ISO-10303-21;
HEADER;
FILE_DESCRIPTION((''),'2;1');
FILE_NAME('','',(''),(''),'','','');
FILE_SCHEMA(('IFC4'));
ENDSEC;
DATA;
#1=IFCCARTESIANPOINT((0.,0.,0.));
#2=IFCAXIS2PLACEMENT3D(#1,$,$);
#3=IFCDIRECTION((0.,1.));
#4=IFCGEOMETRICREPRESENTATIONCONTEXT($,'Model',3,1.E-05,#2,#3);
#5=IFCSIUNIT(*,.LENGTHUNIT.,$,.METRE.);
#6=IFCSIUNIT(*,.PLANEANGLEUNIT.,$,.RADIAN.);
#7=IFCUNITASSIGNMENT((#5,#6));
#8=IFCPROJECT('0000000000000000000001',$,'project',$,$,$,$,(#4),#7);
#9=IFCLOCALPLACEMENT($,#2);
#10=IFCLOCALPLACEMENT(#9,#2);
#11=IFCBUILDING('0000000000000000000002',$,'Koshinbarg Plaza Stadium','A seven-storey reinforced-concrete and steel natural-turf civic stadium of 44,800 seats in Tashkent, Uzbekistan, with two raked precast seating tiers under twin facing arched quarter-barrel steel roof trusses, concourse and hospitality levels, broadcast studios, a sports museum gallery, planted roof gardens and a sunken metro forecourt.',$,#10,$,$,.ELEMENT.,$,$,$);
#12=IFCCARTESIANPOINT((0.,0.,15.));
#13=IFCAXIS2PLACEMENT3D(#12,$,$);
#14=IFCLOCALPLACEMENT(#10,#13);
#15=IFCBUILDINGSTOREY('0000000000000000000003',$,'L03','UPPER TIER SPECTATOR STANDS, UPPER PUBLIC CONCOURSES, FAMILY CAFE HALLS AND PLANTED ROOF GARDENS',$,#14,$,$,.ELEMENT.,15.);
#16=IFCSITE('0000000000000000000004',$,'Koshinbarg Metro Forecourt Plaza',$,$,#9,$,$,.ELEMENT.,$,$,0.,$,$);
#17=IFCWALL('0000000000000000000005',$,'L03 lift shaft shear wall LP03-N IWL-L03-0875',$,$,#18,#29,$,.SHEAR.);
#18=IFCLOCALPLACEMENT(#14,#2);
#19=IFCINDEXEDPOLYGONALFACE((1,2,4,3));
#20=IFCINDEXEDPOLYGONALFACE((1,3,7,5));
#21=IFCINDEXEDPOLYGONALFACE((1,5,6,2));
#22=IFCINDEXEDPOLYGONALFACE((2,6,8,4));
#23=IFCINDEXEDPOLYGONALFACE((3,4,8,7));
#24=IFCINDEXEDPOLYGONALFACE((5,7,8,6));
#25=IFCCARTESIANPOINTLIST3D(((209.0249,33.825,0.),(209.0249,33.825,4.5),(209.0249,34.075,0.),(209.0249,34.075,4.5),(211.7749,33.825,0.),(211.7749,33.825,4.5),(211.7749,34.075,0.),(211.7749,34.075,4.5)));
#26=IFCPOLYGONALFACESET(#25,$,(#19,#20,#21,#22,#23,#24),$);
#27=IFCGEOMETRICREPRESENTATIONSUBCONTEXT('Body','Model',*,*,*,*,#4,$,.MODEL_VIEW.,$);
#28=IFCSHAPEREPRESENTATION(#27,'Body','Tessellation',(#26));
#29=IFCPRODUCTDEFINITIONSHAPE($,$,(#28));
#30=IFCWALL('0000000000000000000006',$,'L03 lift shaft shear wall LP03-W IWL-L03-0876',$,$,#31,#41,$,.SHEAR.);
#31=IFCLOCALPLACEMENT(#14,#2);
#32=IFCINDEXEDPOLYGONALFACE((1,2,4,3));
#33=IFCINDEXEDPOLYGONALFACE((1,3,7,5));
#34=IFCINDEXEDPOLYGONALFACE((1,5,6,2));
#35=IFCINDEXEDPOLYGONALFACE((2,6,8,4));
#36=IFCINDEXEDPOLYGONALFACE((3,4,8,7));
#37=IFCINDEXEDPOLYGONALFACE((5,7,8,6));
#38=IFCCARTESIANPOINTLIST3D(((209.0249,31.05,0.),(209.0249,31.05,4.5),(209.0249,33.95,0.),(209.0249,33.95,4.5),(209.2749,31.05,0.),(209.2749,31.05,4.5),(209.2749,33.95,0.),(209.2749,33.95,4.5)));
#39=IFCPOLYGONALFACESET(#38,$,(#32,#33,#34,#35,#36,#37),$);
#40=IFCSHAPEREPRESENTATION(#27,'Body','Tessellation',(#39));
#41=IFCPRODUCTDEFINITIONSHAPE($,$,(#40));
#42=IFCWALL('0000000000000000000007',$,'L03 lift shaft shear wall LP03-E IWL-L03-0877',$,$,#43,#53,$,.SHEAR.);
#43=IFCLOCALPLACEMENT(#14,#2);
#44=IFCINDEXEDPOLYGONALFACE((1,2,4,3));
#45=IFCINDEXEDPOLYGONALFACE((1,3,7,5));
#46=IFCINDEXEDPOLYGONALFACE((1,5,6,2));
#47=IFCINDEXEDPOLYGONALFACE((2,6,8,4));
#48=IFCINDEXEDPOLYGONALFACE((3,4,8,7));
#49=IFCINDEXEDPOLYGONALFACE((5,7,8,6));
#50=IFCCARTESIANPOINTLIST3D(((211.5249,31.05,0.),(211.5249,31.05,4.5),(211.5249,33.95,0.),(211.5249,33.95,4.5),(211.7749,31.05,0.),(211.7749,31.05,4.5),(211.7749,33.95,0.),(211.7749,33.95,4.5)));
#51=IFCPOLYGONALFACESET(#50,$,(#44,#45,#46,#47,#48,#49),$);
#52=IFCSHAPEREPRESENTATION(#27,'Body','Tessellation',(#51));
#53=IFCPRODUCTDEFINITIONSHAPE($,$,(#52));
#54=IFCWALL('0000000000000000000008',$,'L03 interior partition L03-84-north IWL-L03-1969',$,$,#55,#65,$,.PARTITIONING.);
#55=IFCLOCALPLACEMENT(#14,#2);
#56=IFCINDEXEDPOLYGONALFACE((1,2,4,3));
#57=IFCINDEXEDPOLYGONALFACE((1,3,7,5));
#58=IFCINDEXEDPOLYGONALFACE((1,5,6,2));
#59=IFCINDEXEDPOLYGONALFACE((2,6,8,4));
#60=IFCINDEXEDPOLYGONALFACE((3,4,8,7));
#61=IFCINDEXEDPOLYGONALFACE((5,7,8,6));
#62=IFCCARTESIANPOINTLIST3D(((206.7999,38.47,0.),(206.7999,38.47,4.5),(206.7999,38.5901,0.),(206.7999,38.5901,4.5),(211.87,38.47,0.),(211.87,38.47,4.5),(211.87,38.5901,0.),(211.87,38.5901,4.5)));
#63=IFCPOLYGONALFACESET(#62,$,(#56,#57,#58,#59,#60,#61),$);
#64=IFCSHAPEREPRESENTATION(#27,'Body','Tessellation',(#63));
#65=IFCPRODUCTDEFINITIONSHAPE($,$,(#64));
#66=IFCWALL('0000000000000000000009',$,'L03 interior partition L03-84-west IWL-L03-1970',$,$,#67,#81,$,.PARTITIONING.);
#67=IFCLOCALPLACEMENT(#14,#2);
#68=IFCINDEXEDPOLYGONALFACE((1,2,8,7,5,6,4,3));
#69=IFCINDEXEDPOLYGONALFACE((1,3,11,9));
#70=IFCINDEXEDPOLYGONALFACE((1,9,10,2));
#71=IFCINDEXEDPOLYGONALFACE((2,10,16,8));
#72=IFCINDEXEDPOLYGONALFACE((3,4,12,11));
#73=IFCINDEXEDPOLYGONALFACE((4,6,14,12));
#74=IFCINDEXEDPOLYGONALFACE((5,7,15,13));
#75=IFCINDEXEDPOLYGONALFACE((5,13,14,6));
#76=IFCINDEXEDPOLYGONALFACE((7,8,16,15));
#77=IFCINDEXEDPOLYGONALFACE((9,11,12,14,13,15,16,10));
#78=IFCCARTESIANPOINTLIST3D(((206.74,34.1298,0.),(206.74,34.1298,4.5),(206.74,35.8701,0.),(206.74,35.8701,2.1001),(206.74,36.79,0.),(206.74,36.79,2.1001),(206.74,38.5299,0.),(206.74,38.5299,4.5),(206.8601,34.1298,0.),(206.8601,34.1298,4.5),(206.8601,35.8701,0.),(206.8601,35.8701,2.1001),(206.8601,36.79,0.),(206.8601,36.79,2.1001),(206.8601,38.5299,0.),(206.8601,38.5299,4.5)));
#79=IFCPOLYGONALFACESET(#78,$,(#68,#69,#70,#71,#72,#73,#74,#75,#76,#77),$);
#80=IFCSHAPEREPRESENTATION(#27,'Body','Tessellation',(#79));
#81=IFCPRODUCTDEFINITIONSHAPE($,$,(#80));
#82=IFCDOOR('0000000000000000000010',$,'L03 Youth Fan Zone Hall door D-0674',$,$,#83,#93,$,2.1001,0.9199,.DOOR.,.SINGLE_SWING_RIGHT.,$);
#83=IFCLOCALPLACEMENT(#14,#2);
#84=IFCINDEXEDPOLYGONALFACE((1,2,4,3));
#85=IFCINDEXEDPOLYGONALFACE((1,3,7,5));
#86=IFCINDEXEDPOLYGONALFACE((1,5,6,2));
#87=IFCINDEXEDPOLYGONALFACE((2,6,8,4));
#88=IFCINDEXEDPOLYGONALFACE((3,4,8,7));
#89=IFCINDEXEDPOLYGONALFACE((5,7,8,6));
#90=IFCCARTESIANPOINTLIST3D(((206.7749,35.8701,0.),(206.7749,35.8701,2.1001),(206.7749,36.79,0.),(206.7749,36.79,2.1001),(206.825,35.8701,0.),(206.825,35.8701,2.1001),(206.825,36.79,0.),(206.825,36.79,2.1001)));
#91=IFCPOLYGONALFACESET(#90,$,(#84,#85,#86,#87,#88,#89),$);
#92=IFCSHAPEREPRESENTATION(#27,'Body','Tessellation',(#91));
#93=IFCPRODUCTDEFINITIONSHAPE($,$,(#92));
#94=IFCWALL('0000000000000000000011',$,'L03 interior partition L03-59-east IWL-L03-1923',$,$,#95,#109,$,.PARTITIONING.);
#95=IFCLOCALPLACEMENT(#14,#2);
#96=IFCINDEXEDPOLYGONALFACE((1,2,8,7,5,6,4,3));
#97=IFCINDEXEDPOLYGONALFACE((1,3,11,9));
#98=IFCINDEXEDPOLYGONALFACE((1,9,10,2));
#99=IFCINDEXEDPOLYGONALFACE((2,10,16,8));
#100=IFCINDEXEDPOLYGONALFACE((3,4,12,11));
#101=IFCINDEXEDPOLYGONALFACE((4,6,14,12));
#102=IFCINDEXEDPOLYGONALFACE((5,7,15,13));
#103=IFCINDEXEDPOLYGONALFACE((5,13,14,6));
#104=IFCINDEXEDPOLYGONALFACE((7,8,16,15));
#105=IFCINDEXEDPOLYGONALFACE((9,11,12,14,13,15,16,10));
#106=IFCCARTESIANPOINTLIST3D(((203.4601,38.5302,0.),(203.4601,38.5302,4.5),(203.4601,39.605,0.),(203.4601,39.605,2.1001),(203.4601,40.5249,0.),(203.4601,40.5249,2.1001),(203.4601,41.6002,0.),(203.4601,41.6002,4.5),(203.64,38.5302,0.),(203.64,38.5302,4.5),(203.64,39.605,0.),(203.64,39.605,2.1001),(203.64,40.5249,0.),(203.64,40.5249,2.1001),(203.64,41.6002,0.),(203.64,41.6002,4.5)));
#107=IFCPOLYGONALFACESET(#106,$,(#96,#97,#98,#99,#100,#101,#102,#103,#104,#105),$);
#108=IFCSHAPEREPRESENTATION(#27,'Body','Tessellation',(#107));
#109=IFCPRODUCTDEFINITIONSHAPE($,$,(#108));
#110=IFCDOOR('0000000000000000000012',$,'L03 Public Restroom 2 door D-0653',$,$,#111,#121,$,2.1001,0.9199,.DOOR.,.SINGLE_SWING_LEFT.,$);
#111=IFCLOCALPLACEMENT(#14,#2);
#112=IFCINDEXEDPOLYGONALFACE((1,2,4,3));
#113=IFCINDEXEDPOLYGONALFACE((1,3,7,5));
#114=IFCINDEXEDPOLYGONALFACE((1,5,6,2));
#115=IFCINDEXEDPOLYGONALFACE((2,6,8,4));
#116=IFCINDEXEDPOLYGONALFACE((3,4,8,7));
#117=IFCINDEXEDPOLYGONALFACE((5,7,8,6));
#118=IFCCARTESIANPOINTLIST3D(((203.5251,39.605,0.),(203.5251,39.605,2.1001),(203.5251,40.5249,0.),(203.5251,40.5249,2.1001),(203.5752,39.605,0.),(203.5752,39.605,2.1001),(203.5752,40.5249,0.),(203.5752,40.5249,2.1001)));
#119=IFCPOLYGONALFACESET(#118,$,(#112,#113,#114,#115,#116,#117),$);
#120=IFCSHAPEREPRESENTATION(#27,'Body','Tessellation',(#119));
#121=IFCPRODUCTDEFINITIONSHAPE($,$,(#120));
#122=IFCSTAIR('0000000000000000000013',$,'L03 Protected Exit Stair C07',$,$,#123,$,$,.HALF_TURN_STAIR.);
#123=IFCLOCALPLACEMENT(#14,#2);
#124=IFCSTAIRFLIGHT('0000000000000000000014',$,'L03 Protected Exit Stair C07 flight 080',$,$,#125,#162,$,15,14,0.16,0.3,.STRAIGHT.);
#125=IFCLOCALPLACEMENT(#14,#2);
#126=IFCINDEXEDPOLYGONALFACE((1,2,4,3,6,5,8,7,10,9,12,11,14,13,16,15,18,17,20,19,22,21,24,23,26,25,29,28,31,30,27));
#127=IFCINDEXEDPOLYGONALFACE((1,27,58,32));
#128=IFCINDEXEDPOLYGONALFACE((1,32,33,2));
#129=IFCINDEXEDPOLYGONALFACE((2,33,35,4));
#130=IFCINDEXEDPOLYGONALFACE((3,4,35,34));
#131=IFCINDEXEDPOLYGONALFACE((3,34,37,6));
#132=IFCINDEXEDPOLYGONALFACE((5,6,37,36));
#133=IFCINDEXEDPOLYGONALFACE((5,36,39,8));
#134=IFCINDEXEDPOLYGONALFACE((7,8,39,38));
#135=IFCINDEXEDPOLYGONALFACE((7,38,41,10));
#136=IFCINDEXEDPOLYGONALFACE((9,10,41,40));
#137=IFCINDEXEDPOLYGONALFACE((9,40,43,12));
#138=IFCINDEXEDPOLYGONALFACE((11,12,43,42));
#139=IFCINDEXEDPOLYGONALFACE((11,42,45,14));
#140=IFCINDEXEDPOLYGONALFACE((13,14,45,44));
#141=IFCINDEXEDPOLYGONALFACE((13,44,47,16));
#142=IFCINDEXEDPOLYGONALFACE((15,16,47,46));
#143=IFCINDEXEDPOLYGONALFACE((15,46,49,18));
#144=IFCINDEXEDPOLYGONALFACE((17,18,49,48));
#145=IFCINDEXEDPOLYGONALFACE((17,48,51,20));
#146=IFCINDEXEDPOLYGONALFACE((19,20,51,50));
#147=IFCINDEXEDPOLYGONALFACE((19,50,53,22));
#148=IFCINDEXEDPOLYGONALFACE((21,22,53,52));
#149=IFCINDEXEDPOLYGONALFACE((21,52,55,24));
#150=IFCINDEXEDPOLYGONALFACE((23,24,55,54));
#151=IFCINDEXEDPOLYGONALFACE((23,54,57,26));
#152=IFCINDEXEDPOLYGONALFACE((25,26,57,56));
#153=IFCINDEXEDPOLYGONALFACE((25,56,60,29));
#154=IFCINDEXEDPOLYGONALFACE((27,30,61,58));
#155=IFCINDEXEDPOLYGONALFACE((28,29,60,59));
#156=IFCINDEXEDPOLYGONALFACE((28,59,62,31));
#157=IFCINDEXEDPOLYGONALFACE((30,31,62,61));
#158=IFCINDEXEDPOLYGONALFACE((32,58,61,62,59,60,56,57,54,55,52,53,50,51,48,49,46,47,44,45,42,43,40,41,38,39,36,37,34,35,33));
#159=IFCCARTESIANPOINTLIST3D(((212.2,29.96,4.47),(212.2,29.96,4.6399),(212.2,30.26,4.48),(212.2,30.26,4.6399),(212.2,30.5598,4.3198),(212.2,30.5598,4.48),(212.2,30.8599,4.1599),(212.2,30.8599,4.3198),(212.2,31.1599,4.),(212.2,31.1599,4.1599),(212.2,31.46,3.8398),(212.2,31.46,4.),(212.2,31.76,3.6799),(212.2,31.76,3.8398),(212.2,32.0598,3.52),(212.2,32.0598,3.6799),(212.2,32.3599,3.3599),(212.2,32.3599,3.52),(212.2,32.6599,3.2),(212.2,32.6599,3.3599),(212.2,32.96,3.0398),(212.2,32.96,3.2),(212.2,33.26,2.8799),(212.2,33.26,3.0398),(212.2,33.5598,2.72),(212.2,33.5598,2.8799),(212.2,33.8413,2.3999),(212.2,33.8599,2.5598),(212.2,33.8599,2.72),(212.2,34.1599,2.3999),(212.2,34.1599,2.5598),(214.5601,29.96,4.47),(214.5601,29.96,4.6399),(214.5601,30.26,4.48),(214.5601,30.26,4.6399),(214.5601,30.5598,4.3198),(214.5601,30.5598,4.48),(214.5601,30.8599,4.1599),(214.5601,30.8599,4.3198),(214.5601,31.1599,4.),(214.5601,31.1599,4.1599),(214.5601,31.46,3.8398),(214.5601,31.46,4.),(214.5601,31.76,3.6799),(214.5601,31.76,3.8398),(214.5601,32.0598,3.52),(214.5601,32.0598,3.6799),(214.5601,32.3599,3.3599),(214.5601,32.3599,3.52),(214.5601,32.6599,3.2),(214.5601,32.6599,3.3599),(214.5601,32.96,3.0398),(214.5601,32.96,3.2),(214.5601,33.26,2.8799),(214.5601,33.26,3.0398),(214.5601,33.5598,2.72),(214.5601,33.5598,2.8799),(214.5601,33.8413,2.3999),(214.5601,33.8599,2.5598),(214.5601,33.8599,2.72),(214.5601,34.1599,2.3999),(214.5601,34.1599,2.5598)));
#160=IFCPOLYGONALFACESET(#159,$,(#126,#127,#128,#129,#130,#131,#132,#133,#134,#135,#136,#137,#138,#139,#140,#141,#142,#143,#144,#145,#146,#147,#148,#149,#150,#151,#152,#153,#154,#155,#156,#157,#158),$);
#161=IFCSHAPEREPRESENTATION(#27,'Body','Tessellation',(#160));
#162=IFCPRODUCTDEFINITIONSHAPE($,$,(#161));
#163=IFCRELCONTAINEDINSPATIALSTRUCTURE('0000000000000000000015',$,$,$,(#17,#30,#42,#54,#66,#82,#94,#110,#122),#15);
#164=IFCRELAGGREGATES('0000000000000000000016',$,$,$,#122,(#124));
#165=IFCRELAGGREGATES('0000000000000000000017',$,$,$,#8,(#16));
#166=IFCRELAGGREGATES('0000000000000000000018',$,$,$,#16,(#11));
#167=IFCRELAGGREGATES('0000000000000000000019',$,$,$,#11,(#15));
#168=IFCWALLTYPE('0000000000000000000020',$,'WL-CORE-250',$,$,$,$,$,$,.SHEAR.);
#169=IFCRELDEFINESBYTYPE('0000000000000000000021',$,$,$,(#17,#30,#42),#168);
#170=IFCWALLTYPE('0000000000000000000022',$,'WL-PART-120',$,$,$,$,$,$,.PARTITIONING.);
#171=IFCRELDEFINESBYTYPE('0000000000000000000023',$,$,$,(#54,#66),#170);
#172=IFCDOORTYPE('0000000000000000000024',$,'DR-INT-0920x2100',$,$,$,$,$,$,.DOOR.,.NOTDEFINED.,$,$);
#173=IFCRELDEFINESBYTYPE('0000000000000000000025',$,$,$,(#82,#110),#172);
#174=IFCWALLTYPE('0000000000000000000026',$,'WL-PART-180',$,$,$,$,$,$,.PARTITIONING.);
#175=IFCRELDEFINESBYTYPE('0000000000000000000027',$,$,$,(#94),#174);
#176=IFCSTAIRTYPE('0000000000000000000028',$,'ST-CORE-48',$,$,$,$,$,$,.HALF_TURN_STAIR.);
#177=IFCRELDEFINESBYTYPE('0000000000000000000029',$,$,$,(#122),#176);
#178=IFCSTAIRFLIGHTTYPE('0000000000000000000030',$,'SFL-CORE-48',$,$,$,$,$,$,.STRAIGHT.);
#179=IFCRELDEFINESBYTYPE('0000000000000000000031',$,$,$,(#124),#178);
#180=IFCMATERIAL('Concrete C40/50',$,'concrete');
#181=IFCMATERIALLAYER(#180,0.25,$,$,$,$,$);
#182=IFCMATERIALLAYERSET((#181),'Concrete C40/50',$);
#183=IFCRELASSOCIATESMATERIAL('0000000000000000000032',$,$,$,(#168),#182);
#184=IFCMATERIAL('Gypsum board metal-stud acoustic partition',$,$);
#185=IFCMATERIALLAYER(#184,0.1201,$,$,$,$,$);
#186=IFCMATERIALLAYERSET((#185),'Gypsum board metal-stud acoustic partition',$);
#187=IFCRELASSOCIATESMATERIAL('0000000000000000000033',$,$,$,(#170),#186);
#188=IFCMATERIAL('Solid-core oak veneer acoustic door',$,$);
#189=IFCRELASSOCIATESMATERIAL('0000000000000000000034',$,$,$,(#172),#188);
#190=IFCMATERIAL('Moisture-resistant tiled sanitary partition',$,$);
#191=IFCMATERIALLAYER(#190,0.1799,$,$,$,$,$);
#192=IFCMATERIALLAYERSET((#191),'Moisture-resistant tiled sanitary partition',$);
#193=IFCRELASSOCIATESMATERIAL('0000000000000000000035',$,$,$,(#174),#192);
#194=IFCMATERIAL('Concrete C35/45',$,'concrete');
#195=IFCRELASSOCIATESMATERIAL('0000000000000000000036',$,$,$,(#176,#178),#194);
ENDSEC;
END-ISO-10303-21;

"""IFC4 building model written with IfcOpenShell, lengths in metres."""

from ifc_helpers import new_model, si_unit, direction, frame, frame_2d, origin, place, context, subcontext, project, spatial, polyline, rectangle, outline, extrude, material, layer, layer_set, type_object, element, fill, aggregate, save


model = new_model("IFC4")

# Units and contexts
model_context = context("Model", 3, precision=1e-05, world=origin(), true_north=direction((0.0, 1.0)))
body_context = subcontext(model_context, "Body", "Model", "MODEL_VIEW")
ifc_project = project(units=[si_unit("LENGTHUNIT", "METRE"), si_unit("PLANEANGLEUNIT", "RADIAN")], contexts=[model_context])

# Site, building, storey
site_placement = place(None, origin())
site = spatial("IfcSite", under=ifc_project, at=site_placement, Name="Koshinbarg Metro Forecourt Plaza", CompositionType="ELEMENT", RefElevation=0.0)
building_placement = place(site_placement, origin())
building = spatial("IfcBuilding", under=site, at=building_placement, Name="Koshinbarg Plaza Stadium", Description="A seven-storey reinforced-concrete and steel natural-turf civic stadium of 44,800 seats in Tashkent, Uzbekistan, with two raked precast seating tiers under twin facing arched quarter-barrel steel roof trusses, concourse and hospitality levels, broadcast studios, a sports museum gallery, planted roof gardens and a sunken metro forecourt.", CompositionType="ELEMENT")
storey_placement = place(building_placement, frame((0.0, 0.0, 15.0)))
storey = spatial("IfcBuildingStorey", under=building, at=storey_placement, Name="L03", Description="UPPER TIER SPECTATOR STANDS, UPPER PUBLIC CONCOURSES, FAMILY CAFE HALLS AND PLANTED ROOF GARDENS", CompositionType="ELEMENT", Elevation=15.0)

# Shared definitions
ifc_material_1 = material(Name="Concrete C40/50", Category="concrete")

# Shared definitions
ifc_layer_1 = layer(ifc_material_1, 0.25)
ifc_layer_set_1 = layer_set([ifc_layer_1], Name="Concrete C40/50")
wall_type_1 = type_object("IfcWallType", Name="WL-CORE-250", PredefinedType="SHEAR", material=ifc_layer_set_1)

# Walls
wall_1_placement = place(storey_placement, frame((211.7749, 33.95, 0.0), z_axis=(0.0, 0.0, 1.0), x_axis=(-1.0, 0.0, 0.0)))
element("IfcWall", 1, at=wall_1_placement, inside=storey, type_object=wall_type_1, Name="L03 lift shaft shear wall LP03-N IWL-L03-0875", PredefinedType="SHEAR", context=body_context, shape_type="SweptSolid", body=[
    extrude(rectangle(XDim=2.75, YDim=0.25, at=frame_2d((1.375, 0.0))), origin(), (0.0, 0.0, 1.0), 4.5),
])
for number, where, z_axis, x_axis, name in (
    (2, (209.1499, 33.95, 0.0), (0.0, 0.0, 1.0), (0.0, -1.0, 0.0), "L03 lift shaft shear wall LP03-W IWL-L03-0876"),
    (3, (211.6499, 31.05, 0.0), (0.0, 0.0, 1.0), (0.0, 1.0, 0.0), "L03 lift shaft shear wall LP03-E IWL-L03-0877"),
):
    element("IfcWall", number, at=place(storey_placement, frame(where, z_axis=z_axis, x_axis=x_axis)), inside=storey, type_object=wall_type_1, Name=name, PredefinedType="SHEAR", context=body_context, shape_type="SweptSolid", body=[
        extrude(rectangle(XDim=2.8999, YDim=0.25, at=frame_2d((1.45, 0.0))), origin(), (0.0, 0.0, 1.0), 4.5),
    ])
ifc_material_2 = material(Name="Gypsum board metal-stud acoustic partition")
ifc_layer_2 = layer(ifc_material_2, 0.1201)
ifc_layer_set_2 = layer_set([ifc_layer_2], Name="Gypsum board metal-stud acoustic partition")
wall_type_2 = type_object("IfcWallType", Name="WL-PART-120", PredefinedType="PARTITIONING", material=ifc_layer_set_2)
wall_2_placement = place(storey_placement, frame((211.8701, 38.53, 0.0), z_axis=(0.0, 0.0, 1.0), x_axis=(-1.0, 0.0, 0.0)))
element("IfcWall", 4, at=wall_2_placement, inside=storey, type_object=wall_type_2, Name="L03 interior partition L03-84-north IWL-L03-1969", PredefinedType="PARTITIONING", context=body_context, shape_type="SweptSolid", body=[
    extrude(rectangle(XDim=5.0701, YDim=0.1201, at=frame_2d((2.5352, 0.0))), origin(), (0.0, 0.0, 1.0), 4.5),
])

# Walls, openings, doors
wall_3_placement = place(storey_placement, frame((206.8, 38.53, 0.0), z_axis=(0.0, 0.0, 1.0), x_axis=(0.0, -1.0, 0.0)))
wall_3 = element("IfcWall", 5, at=wall_3_placement, inside=storey, type_object=wall_type_2, Name="L03 interior partition L03-84-west IWL-L03-1970", PredefinedType="PARTITIONING", context=body_context, shape_type="SweptSolid", body=[
    extrude(rectangle(XDim=4.4001, YDim=0.1201, at=frame_2d((2.2002, 0.0))), origin(), (0.0, 0.0, 1.0), 4.5),
])
opening_1_placement = place(wall_3_placement, frame((1.74, 0.0, 0.0)))
opening_1 = element("IfcOpeningElement", 6, at=opening_1_placement, cuts=wall_3, PredefinedType="OPENING", context=body_context, shape_type="SweptSolid", body=[
    extrude(rectangle(XDim=0.9199, YDim=2.1001, at=frame_2d((0.46, 1.05))), frame((0.0, 0.0701, 0.0), z_axis=(0.0, -1.0, 0.0), x_axis=(1.0, 0.0, 0.0)), (0.0, 0.0, 1.0), 0.1401),
])
ifc_material_3 = material(Name="Solid-core oak veneer acoustic door")
door_type_1 = type_object("IfcDoorType", Name="DR-INT-0920x2100", OperationType="NOTDEFINED", PredefinedType="DOOR", material=ifc_material_3)
door_1_placement = place(opening_1_placement, origin())
door_1 = element("IfcDoor", 7, at=door_1_placement, inside=storey, type_object=door_type_1, Name="L03 Youth Fan Zone Hall door D-0674", OperationType="SINGLE_SWING_RIGHT", OverallHeight=2.1001, OverallWidth=0.9199, PredefinedType="DOOR", context=body_context, shape_type="SweptSolid", body=[
    extrude(rectangle(XDim=0.9199, YDim=2.1001, at=frame_2d((0.46, 1.05))), frame((0.0, 0.0249, 0.0), z_axis=(0.0, -1.0, 0.0), x_axis=(1.0, 0.0, 0.0)), (0.0, 0.0, 1.0), 0.05),
])
fill(opening_1, door_1)
ifc_material_4 = material(Name="Moisture-resistant tiled sanitary partition")
ifc_layer_3 = layer(ifc_material_4, 0.1799)
ifc_layer_set_3 = layer_set([ifc_layer_3], Name="Moisture-resistant tiled sanitary partition")
wall_type_3 = type_object("IfcWallType", Name="WL-PART-180", PredefinedType="PARTITIONING", material=ifc_layer_set_3)
wall_4_placement = place(storey_placement, frame((203.55, 38.53, 0.0), z_axis=(0.0, 0.0, 1.0), x_axis=(0.0, 1.0, 0.0)))
wall_4 = element("IfcWall", 8, at=wall_4_placement, inside=storey, type_object=wall_type_3, Name="L03 interior partition L03-59-east IWL-L03-1923", PredefinedType="PARTITIONING", context=body_context, shape_type="SweptSolid", body=[
    extrude(rectangle(XDim=3.0701, YDim=0.1799, at=frame_2d((1.5352, 0.0))), origin(), (0.0, 0.0, 1.0), 4.5),
])
opening_2_placement = place(wall_4_placement, frame((1.075, 0.0, 0.0)))
opening_2 = element("IfcOpeningElement", 9, at=opening_2_placement, cuts=wall_4, PredefinedType="OPENING", context=body_context, shape_type="SweptSolid", body=[
    extrude(rectangle(XDim=0.9199, YDim=2.1001, at=frame_2d((0.46, 1.05))), frame((0.0, 0.0999, 0.0), z_axis=(0.0, -1.0, 0.0), x_axis=(1.0, 0.0, 0.0)), (0.0, 0.0, 1.0), 0.2),
])
door_2_placement = place(opening_2_placement, origin())
door_2 = element("IfcDoor", 10, at=door_2_placement, inside=storey, type_object=door_type_1, Name="L03 Public Restroom 2 door D-0653", OperationType="SINGLE_SWING_LEFT", OverallHeight=2.1001, OverallWidth=0.9199, PredefinedType="DOOR", context=body_context, shape_type="SweptSolid", body=[
    extrude(rectangle(XDim=0.9199, YDim=2.1001, at=frame_2d((0.46, 1.05))), frame((0.0, 0.0249, 0.0), z_axis=(0.0, -1.0, 0.0), x_axis=(1.0, 0.0, 0.0)), (0.0, 0.0, 1.0), 0.05),
])
fill(opening_2, door_2)

# Stair, stair flight
ifc_material_5 = material(Name="Concrete C35/45", Category="concrete")
stair_type = type_object("IfcStairType", Name="ST-CORE-48", PredefinedType="HALF_TURN_STAIR", material=ifc_material_5)
stair_placement = place(storey_placement, origin())
stair = element("IfcStair", 11, at=stair_placement, inside=storey, type_object=stair_type, Name="L03 Protected Exit Stair C07", PredefinedType="HALF_TURN_STAIR")
stair_flight_type = type_object("IfcStairFlightType", Name="SFL-CORE-48", PredefinedType="STRAIGHT", material=ifc_material_5)
stair_flight_placement = place(storey_placement, frame((213.3799, 34.1599, 2.3999), z_axis=(0.0, 0.0, 1.0), x_axis=(0.0, -1.0, 0.0)))
stair_flight = element("IfcStairFlight", 12, at=stair_flight_placement, type_object=stair_flight_type, Name="L03 Protected Exit Stair C07 flight 080", NumberOfRisers=15, NumberOfTreads=14, PredefinedType="STRAIGHT", RiserHeight=0.16, TreadLength=0.3, context=body_context, shape_type="SweptSolid", body=[
    extrude(outline(polyline([(0.0, 0.0), (0.0, 0.1599), (0.3, 0.1599), (0.3, 0.3201), (0.6001, 0.3201), (0.6001, 0.48), (0.8999, 0.48), (0.8999, 0.6399), (1.2, 0.6399), (1.2, 0.8), (1.5, 0.8), (1.5, 0.96), (1.8, 0.96), (1.8, 1.1201), (2.1001, 1.1201), (2.1001, 1.28), (2.3999, 1.28), (2.3999, 1.4399), (2.7, 1.4399), (2.7, 1.6001), (3.0, 1.6001), (3.0, 1.76), (3.3, 1.76), (3.3, 1.9199), (3.6001, 1.9199), (3.6001, 2.0801), (3.8999, 2.0801), (3.8999, 2.24), (4.2, 2.24), (4.2, 2.3999), (4.2, 2.0701), (0.3186, 0.0), (0.0, 0.0)])), frame((0.0, 1.1802, 0.0), z_axis=(0.0, -1.0, 0.0), x_axis=(1.0, 0.0, 0.0)), (0.0, 0.0, 1.0), 2.3601),
])
aggregate(stair, [stair_flight])

save(model, "model.ifc")
